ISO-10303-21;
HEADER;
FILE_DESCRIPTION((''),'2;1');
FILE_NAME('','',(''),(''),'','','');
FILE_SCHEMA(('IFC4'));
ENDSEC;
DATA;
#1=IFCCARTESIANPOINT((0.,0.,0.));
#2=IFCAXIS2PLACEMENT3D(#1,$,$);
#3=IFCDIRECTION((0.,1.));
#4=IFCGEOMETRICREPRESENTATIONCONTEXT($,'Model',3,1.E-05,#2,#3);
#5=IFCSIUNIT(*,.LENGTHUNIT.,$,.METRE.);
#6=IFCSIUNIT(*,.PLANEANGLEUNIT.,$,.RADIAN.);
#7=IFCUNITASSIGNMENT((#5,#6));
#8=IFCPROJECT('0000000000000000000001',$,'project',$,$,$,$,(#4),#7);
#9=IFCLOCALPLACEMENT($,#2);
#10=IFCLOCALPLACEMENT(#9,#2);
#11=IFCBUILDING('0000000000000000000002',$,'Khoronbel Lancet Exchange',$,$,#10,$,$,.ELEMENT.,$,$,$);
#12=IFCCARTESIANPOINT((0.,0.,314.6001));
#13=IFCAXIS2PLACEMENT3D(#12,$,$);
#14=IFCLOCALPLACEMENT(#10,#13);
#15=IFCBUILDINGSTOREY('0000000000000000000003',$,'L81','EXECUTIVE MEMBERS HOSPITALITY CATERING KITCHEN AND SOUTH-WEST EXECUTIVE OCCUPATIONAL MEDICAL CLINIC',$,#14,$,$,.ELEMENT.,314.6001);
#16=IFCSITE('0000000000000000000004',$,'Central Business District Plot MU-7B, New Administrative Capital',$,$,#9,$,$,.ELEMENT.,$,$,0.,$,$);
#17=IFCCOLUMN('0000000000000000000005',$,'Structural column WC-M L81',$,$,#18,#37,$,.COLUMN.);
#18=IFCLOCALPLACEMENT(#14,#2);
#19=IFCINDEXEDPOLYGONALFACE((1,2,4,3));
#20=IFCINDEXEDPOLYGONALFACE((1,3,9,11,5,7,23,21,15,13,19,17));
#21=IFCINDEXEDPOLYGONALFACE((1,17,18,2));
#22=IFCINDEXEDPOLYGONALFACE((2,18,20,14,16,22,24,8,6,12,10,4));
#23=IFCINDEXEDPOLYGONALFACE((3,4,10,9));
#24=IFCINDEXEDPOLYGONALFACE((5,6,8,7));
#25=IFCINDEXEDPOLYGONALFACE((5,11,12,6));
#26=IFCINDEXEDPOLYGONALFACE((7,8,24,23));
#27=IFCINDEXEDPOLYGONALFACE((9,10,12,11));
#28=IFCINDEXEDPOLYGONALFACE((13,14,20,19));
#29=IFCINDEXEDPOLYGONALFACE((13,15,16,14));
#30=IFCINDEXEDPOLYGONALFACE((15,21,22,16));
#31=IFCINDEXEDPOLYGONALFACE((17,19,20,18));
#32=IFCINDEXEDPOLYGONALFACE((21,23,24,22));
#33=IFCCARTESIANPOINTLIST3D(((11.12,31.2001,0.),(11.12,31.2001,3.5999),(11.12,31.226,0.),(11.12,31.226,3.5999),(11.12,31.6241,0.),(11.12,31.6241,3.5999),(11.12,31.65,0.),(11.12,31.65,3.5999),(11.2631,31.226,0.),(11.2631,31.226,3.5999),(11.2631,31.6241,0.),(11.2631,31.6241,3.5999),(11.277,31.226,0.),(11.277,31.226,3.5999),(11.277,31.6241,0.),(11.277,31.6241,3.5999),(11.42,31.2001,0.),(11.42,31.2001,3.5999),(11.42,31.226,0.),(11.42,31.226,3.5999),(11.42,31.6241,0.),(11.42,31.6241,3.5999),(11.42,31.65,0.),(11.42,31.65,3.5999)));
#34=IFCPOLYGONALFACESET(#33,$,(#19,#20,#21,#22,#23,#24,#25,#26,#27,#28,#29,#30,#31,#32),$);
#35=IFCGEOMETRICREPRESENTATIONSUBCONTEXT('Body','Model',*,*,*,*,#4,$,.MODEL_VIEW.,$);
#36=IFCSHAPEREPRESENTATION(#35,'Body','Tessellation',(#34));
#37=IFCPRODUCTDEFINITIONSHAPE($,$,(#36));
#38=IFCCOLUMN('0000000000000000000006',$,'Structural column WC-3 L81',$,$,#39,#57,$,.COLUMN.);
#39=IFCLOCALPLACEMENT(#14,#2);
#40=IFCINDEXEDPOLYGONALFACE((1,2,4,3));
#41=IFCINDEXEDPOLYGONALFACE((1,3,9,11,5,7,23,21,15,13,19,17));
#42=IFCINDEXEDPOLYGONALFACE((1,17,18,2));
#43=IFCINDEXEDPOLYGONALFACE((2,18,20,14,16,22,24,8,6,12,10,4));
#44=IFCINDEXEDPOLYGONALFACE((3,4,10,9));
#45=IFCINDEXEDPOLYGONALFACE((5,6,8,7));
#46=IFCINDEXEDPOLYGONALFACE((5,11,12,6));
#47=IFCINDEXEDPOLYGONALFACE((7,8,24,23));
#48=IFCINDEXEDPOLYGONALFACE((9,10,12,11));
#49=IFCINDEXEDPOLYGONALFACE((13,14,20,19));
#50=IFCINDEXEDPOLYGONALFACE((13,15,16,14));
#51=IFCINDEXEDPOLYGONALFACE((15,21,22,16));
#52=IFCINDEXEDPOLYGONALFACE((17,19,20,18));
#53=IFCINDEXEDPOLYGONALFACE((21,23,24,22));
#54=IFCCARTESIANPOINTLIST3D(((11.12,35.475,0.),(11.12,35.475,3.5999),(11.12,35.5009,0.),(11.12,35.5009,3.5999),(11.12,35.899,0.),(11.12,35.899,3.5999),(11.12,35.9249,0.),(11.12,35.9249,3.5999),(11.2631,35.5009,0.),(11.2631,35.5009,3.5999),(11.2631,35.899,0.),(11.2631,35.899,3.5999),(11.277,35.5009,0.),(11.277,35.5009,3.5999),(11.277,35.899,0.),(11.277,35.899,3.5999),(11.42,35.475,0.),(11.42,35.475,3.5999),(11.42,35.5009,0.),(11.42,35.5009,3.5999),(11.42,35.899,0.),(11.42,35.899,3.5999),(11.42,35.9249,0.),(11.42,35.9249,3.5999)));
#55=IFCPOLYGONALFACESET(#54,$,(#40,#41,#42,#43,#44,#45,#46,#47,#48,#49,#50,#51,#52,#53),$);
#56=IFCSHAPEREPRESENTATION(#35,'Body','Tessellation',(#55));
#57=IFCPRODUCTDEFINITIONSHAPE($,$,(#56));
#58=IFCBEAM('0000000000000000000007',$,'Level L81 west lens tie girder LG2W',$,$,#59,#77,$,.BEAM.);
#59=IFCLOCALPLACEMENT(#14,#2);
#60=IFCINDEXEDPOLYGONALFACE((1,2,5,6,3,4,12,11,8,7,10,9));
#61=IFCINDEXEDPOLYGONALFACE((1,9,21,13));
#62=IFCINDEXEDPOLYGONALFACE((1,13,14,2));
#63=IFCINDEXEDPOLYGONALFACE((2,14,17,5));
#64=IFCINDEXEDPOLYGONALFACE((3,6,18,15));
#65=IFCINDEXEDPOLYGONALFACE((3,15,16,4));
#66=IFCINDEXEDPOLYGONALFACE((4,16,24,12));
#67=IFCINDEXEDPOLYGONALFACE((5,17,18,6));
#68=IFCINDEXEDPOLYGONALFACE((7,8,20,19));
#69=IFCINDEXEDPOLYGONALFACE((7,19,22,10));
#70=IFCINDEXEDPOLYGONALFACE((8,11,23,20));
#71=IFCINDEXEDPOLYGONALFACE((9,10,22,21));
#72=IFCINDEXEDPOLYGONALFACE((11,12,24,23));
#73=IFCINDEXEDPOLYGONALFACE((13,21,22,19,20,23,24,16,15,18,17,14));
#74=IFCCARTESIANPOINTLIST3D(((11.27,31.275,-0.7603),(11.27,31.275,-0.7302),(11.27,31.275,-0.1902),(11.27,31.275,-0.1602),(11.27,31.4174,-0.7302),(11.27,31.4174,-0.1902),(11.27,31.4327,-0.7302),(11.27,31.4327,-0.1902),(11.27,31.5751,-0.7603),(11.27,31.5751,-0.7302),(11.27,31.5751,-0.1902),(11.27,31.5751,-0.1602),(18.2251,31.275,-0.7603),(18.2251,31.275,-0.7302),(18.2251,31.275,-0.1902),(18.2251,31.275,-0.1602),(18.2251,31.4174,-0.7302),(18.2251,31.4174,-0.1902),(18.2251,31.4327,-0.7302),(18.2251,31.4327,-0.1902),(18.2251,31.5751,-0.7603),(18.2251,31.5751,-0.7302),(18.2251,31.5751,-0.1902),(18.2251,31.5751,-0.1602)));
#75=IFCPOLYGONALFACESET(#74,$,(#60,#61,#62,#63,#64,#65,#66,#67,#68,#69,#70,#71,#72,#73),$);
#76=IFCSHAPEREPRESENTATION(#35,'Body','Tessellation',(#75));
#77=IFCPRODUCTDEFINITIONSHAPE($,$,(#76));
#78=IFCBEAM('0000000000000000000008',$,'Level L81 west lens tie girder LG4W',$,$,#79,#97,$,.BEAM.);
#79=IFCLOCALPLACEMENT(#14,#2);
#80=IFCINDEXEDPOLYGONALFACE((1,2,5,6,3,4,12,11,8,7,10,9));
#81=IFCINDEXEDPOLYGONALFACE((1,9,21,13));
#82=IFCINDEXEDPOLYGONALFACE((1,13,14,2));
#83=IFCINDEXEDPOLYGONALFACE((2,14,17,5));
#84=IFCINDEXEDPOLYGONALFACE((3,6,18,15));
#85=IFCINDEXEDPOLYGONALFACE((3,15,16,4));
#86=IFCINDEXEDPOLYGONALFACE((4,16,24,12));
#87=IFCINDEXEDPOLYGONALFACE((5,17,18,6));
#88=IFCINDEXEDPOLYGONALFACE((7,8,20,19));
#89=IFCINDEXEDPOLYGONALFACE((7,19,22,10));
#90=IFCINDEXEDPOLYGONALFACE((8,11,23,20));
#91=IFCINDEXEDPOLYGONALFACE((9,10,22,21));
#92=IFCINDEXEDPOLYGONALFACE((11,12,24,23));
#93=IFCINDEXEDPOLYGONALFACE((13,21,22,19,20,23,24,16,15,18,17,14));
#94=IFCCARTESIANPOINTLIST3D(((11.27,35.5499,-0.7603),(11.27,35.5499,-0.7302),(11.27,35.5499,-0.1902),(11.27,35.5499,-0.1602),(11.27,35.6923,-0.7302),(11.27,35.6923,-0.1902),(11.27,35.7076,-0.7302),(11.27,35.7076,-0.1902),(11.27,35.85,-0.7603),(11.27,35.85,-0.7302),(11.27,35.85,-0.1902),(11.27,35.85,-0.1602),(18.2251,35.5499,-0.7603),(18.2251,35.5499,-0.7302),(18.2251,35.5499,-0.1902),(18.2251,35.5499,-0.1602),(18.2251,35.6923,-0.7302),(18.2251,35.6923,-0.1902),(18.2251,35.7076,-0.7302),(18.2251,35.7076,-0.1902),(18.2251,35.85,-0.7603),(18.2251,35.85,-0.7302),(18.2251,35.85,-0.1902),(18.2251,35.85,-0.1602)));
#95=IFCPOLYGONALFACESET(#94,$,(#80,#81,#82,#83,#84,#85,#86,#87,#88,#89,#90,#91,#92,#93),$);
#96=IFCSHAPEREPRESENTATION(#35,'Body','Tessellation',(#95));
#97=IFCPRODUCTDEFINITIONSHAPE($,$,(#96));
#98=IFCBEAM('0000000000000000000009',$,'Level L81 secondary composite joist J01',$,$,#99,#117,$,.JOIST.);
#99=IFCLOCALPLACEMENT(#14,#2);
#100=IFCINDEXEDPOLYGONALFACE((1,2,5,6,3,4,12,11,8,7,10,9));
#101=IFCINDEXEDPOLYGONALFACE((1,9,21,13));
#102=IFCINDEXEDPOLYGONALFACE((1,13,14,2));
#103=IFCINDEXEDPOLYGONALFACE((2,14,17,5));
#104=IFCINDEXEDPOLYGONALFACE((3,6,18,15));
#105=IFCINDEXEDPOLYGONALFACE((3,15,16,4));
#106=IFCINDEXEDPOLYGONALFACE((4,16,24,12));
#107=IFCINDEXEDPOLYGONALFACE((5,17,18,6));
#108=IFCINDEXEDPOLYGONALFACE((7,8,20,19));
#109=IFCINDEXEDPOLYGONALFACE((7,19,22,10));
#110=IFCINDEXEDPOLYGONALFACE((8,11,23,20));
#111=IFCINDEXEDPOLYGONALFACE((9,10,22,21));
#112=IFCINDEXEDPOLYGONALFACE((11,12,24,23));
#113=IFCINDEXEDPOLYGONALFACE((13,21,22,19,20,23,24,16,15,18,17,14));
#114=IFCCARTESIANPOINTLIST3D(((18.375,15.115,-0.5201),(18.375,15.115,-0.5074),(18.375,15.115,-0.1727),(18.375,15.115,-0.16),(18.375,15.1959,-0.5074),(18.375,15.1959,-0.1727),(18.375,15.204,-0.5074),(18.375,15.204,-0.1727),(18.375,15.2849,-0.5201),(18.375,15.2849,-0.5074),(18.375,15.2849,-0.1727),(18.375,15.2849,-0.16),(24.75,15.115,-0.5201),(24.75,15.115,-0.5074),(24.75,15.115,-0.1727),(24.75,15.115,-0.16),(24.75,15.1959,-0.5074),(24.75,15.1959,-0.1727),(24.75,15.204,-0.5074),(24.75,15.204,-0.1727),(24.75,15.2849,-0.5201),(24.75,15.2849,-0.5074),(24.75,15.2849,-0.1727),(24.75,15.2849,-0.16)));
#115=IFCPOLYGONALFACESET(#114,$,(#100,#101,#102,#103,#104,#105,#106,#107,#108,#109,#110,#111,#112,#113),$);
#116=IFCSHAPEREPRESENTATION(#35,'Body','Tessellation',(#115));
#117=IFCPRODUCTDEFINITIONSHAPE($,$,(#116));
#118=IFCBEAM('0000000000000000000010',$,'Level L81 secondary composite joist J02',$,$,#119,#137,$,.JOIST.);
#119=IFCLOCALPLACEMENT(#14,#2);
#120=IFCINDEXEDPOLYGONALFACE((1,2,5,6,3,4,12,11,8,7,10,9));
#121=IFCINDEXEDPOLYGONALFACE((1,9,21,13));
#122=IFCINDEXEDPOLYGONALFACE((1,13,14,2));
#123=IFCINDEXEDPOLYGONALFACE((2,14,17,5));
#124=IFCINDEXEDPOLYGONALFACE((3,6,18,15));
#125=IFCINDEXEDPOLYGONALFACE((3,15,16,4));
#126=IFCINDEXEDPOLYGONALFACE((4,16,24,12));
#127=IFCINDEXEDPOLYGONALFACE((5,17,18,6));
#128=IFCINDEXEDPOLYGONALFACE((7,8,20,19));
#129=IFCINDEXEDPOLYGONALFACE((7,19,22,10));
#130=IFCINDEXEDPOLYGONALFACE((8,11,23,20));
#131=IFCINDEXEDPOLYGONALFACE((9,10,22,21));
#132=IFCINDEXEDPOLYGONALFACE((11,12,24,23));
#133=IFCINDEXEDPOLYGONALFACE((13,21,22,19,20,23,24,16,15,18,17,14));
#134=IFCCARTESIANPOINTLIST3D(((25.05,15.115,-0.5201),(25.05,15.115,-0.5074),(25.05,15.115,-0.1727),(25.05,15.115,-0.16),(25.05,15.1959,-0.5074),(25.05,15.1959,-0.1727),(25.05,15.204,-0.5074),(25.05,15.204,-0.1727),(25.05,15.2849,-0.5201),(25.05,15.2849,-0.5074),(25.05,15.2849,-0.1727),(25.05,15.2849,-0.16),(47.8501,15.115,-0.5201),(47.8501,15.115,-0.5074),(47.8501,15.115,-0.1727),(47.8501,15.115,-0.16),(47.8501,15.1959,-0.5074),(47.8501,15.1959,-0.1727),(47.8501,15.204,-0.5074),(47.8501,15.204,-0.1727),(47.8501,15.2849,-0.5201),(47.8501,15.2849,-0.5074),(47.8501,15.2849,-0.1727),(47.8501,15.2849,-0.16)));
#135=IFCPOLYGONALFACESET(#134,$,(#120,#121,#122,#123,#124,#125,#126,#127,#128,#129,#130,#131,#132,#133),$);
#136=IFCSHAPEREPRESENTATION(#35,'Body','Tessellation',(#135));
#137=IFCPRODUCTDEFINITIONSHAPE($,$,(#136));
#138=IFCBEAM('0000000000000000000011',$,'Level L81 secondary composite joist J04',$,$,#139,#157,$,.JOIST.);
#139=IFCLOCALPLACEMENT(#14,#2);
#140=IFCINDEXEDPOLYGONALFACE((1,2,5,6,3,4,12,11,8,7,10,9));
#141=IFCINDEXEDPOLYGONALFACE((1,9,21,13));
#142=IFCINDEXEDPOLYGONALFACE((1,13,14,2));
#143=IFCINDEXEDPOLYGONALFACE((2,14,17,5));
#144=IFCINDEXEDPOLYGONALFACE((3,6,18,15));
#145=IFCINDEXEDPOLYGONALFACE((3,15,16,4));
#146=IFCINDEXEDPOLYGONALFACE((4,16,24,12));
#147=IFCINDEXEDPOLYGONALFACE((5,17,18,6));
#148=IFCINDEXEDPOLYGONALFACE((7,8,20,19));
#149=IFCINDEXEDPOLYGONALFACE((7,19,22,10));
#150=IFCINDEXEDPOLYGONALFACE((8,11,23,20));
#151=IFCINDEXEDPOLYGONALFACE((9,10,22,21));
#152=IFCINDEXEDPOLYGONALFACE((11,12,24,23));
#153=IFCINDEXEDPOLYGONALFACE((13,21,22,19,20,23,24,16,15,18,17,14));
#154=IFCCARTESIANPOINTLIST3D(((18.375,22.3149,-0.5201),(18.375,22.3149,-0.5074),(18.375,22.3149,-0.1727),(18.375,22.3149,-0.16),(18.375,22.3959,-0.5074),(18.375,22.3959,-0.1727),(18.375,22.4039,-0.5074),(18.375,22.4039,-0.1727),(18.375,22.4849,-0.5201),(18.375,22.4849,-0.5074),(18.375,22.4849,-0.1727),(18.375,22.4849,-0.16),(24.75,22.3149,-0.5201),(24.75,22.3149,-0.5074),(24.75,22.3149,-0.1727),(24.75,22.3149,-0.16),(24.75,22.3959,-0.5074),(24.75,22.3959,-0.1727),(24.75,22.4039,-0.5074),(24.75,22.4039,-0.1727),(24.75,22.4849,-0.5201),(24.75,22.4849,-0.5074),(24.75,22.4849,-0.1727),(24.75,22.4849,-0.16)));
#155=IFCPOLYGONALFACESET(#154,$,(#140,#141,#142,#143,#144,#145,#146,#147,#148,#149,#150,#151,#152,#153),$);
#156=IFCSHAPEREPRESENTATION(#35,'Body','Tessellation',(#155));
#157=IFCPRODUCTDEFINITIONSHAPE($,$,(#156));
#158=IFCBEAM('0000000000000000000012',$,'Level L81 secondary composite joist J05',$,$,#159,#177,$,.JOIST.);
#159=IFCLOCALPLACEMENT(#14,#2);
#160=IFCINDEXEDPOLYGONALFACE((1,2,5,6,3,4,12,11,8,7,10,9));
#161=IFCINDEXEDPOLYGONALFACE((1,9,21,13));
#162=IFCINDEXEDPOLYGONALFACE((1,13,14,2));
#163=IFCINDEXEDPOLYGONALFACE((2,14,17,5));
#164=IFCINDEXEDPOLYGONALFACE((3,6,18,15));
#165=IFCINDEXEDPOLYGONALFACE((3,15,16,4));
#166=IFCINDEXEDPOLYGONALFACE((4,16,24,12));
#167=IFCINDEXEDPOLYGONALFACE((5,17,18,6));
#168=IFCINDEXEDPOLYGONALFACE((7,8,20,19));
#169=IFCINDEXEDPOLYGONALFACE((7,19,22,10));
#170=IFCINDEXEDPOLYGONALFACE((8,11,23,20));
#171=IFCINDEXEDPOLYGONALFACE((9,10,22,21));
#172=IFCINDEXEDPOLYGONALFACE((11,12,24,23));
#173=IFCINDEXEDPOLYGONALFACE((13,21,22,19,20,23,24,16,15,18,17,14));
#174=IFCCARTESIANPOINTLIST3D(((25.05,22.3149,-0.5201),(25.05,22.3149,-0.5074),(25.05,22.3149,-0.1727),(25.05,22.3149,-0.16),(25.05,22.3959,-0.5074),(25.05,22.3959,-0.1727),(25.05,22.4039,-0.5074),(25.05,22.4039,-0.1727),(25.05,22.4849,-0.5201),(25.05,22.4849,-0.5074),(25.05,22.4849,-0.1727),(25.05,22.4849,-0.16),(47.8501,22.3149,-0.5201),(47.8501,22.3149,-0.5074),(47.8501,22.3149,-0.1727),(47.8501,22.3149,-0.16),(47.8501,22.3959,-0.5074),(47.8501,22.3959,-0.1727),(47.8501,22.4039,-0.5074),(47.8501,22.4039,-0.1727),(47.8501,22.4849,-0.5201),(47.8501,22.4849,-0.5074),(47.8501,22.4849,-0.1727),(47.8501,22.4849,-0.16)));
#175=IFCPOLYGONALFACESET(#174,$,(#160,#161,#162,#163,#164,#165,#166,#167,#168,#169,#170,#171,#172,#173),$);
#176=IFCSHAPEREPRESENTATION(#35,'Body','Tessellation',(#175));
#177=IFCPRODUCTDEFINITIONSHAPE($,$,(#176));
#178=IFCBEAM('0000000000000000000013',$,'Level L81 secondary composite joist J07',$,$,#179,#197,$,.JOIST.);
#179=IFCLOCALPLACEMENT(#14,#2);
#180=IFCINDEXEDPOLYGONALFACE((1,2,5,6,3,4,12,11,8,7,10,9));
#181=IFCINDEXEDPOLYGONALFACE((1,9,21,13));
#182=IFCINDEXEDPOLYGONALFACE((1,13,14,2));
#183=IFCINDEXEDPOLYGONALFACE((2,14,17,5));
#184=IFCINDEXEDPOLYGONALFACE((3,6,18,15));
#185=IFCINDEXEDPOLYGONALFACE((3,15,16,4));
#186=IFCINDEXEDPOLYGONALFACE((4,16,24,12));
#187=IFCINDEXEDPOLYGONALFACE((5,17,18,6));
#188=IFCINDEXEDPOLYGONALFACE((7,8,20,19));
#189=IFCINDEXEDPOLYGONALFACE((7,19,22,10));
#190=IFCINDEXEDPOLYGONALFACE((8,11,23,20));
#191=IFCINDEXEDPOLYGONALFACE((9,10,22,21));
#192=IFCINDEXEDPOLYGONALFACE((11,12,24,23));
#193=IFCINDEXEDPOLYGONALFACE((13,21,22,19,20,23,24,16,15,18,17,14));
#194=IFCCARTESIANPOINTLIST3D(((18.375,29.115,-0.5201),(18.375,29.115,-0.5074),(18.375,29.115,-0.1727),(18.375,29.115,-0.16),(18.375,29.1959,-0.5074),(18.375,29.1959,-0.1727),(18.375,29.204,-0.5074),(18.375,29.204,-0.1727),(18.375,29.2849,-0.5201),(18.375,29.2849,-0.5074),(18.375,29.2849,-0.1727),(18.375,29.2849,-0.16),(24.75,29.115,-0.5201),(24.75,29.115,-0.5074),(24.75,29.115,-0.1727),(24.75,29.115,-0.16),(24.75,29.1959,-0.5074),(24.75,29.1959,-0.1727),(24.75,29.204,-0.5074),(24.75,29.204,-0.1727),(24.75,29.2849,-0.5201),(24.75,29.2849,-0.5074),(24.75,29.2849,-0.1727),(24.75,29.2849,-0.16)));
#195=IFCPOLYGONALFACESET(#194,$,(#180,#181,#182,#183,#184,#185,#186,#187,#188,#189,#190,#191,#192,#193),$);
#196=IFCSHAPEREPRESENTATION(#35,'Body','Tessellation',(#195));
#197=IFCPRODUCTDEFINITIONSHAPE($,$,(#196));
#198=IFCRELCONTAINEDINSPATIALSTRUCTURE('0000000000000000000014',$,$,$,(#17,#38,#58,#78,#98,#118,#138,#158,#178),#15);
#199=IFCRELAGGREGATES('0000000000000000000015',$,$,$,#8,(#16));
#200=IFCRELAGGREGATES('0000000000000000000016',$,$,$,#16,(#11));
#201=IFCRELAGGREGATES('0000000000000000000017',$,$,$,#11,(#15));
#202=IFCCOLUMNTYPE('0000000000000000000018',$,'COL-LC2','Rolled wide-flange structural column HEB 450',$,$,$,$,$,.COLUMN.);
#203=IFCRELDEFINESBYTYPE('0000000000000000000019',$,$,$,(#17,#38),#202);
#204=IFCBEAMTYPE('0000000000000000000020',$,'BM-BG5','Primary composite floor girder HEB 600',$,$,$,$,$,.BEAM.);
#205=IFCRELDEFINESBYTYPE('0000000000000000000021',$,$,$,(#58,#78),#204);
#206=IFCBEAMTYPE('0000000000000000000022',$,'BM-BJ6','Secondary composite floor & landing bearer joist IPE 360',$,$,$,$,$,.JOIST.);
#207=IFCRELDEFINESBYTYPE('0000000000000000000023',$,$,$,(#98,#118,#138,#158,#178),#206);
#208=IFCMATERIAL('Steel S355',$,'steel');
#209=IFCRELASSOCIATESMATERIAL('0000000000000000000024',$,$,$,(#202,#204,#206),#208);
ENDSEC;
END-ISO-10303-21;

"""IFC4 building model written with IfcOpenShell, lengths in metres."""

from ifc_helpers import new_model, si_unit, direction, frame, origin, origin_2d, place, context, subcontext, project, spatial, i_section, extrude, material, material_profile, profile_set, type_object, element, save


model = new_model("IFC4")

# Units and contexts
model_context = context("Model", 3, precision=1e-05, world=origin(), true_north=direction((0.0, 1.0)))
body_context = subcontext(model_context, "Body", "Model", "MODEL_VIEW")
ifc_project = project(units=[si_unit("LENGTHUNIT", "METRE"), si_unit("PLANEANGLEUNIT", "RADIAN")], contexts=[model_context])

# Site, building, storey
site_placement = place(None, origin())
site = spatial("IfcSite", under=ifc_project, at=site_placement, Name="Central Business District Plot MU-7B, New Administrative Capital", CompositionType="ELEMENT", RefElevation=0.0)
building_placement = place(site_placement, origin())
building = spatial("IfcBuilding", under=site, at=building_placement, Name="Khoronbel Lancet Exchange", CompositionType="ELEMENT")
storey_placement = place(building_placement, frame((0.0, 0.0, 314.6001)))
storey = spatial("IfcBuildingStorey", under=building, at=storey_placement, Name="L81", Description="EXECUTIVE MEMBERS HOSPITALITY CATERING KITCHEN AND SOUTH-WEST EXECUTIVE OCCUPATIONAL MEDICAL CLINIC", CompositionType="ELEMENT", Elevation=314.6001)

# Columns
ifc_material_1 = material(Name="Steel S355", Category="steel")
ifc_material_profile_1 = material_profile(ifc_material_1, i_section(OverallWidth=0.3, OverallDepth=0.45, WebThickness=0.0139, FlangeThickness=0.0259, at=origin_2d()), Name="HEB 450")
ifc_profile_set_1 = profile_set([ifc_material_profile_1], Name="Steel S355")
column_type = type_object("IfcColumnType", Name="COL-LC2", Description="Rolled wide-flange structural column HEB 450", PredefinedType="COLUMN", material=ifc_profile_set_1)
for number, where, z_axis, x_axis, name in (
    (1, (11.27, 31.425, 0.0), (0.0, 0.0, 1.0), (1.0, 0.0, 0.0), "Structural column WC-M L81"),
    (2, (11.27, 35.7, 0.0), (0.0, 0.0, 1.0), (1.0, 0.0, 0.0), "Structural column WC-3 L81"),
):
    element("IfcColumn", number, at=place(storey_placement, frame(where, z_axis=z_axis, x_axis=x_axis)), inside=storey, type_object=column_type, Name=name, PredefinedType="COLUMN", context=body_context, shape_type="SweptSolid", body=[
        extrude(i_section(OverallWidth=0.3, OverallDepth=0.45, WebThickness=0.0139, FlangeThickness=0.0259, at=origin_2d()), origin(), (0.0, 0.0, 1.0), 3.5999),
    ])

# Beams
ifc_material_profile_2 = material_profile(ifc_material_1, i_section(OverallWidth=0.3, OverallDepth=0.6001, WebThickness=0.0154, FlangeThickness=0.03, at=origin_2d()), Name="HEB 600")
ifc_profile_set_2 = profile_set([ifc_material_profile_2], Name="Steel S355")
beam_type_1 = type_object("IfcBeamType", Name="BM-BG5", Description="Primary composite floor girder HEB 600", PredefinedType="BEAM", material=ifc_profile_set_2)
for number, where, z_axis, x_axis, name in (
    (3, (11.27, 31.425, -0.4602), (1.0, 0.0, 0.0), (0.0, 1.0, 0.0), "Level L81 west lens tie girder LG2W"),
    (4, (11.27, 35.7, -0.4602), (1.0, 0.0, 0.0), (0.0, 1.0, 0.0), "Level L81 west lens tie girder LG4W"),
):
    element("IfcBeam", number, at=place(storey_placement, frame(where, z_axis=z_axis, x_axis=x_axis)), inside=storey, type_object=beam_type_1, Name=name, PredefinedType="BEAM", context=body_context, shape_type="SweptSolid", body=[
        extrude(i_section(OverallWidth=0.3, OverallDepth=0.6001, WebThickness=0.0154, FlangeThickness=0.03, at=origin_2d()), origin(), (0.0, 0.0, 1.0), 6.9551),
    ])
ifc_material_profile_3 = material_profile(ifc_material_1, i_section(OverallWidth=0.1699, OverallDepth=0.3601, WebThickness=0.0081, FlangeThickness=0.0127, at=origin_2d()), Name="IPE 360")
ifc_profile_set_3 = profile_set([ifc_material_profile_3], Name="Steel S355")
beam_type_2 = type_object("IfcBeamType", Name="BM-BJ6", Description="Secondary composite floor & landing bearer joist IPE 360", PredefinedType="JOIST", material=ifc_profile_set_3)
beam_1_placement = place(storey_placement, frame((18.375, 15.2, -0.3401), z_axis=(1.0, 0.0, 0.0), x_axis=(0.0, 1.0, 0.0)))
element("IfcBeam", 5, at=beam_1_placement, inside=storey, type_object=beam_type_2, Name="Level L81 secondary composite joist J01", PredefinedType="JOIST", context=body_context, shape_type="SweptSolid", body=[
    extrude(i_section(OverallWidth=0.1699, OverallDepth=0.3601, WebThickness=0.0081, FlangeThickness=0.0127, at=origin_2d()), origin(), (0.0, 0.0, 1.0), 6.375),
])
beam_2_placement = place(storey_placement, frame((25.05, 15.2, -0.3401), z_axis=(1.0, 0.0, 0.0), x_axis=(0.0, 1.0, 0.0)))
element("IfcBeam", 6, at=beam_2_placement, inside=storey, type_object=beam_type_2, Name="Level L81 secondary composite joist J02", PredefinedType="JOIST", context=body_context, shape_type="SweptSolid", body=[
    extrude(i_section(OverallWidth=0.1699, OverallDepth=0.3601, WebThickness=0.0081, FlangeThickness=0.0127, at=origin_2d()), origin(), (0.0, 0.0, 1.0), 22.8),
])
beam_3_placement = place(storey_placement, frame((18.375, 22.3999, -0.3401), z_axis=(1.0, 0.0, 0.0), x_axis=(0.0, 1.0, 0.0)))
element("IfcBeam", 7, at=beam_3_placement, inside=storey, type_object=beam_type_2, Name="Level L81 secondary composite joist J04", PredefinedType="JOIST", context=body_context, shape_type="SweptSolid", body=[
    extrude(i_section(OverallWidth=0.1699, OverallDepth=0.3601, WebThickness=0.0081, FlangeThickness=0.0127, at=origin_2d()), origin(), (0.0, 0.0, 1.0), 6.375),
])
beam_4_placement = place(storey_placement, frame((25.05, 22.3999, -0.3401), z_axis=(1.0, 0.0, 0.0), x_axis=(0.0, 1.0, 0.0)))
element("IfcBeam", 8, at=beam_4_placement, inside=storey, type_object=beam_type_2, Name="Level L81 secondary composite joist J05", PredefinedType="JOIST", context=body_context, shape_type="SweptSolid", body=[
    extrude(i_section(OverallWidth=0.1699, OverallDepth=0.3601, WebThickness=0.0081, FlangeThickness=0.0127, at=origin_2d()), origin(), (0.0, 0.0, 1.0), 22.8),
])
beam_5_placement = place(storey_placement, frame((18.375, 29.2, -0.3401), z_axis=(1.0, 0.0, 0.0), x_axis=(0.0, 1.0, 0.0)))
element("IfcBeam", 9, at=beam_5_placement, inside=storey, type_object=beam_type_2, Name="Level L81 secondary composite joist J07", PredefinedType="JOIST", context=body_context, shape_type="SweptSolid", body=[
    extrude(i_section(OverallWidth=0.1699, OverallDepth=0.3601, WebThickness=0.0081, FlangeThickness=0.0127, at=origin_2d()), origin(), (0.0, 0.0, 1.0), 6.375),
])

save(model, "model.ifc")
